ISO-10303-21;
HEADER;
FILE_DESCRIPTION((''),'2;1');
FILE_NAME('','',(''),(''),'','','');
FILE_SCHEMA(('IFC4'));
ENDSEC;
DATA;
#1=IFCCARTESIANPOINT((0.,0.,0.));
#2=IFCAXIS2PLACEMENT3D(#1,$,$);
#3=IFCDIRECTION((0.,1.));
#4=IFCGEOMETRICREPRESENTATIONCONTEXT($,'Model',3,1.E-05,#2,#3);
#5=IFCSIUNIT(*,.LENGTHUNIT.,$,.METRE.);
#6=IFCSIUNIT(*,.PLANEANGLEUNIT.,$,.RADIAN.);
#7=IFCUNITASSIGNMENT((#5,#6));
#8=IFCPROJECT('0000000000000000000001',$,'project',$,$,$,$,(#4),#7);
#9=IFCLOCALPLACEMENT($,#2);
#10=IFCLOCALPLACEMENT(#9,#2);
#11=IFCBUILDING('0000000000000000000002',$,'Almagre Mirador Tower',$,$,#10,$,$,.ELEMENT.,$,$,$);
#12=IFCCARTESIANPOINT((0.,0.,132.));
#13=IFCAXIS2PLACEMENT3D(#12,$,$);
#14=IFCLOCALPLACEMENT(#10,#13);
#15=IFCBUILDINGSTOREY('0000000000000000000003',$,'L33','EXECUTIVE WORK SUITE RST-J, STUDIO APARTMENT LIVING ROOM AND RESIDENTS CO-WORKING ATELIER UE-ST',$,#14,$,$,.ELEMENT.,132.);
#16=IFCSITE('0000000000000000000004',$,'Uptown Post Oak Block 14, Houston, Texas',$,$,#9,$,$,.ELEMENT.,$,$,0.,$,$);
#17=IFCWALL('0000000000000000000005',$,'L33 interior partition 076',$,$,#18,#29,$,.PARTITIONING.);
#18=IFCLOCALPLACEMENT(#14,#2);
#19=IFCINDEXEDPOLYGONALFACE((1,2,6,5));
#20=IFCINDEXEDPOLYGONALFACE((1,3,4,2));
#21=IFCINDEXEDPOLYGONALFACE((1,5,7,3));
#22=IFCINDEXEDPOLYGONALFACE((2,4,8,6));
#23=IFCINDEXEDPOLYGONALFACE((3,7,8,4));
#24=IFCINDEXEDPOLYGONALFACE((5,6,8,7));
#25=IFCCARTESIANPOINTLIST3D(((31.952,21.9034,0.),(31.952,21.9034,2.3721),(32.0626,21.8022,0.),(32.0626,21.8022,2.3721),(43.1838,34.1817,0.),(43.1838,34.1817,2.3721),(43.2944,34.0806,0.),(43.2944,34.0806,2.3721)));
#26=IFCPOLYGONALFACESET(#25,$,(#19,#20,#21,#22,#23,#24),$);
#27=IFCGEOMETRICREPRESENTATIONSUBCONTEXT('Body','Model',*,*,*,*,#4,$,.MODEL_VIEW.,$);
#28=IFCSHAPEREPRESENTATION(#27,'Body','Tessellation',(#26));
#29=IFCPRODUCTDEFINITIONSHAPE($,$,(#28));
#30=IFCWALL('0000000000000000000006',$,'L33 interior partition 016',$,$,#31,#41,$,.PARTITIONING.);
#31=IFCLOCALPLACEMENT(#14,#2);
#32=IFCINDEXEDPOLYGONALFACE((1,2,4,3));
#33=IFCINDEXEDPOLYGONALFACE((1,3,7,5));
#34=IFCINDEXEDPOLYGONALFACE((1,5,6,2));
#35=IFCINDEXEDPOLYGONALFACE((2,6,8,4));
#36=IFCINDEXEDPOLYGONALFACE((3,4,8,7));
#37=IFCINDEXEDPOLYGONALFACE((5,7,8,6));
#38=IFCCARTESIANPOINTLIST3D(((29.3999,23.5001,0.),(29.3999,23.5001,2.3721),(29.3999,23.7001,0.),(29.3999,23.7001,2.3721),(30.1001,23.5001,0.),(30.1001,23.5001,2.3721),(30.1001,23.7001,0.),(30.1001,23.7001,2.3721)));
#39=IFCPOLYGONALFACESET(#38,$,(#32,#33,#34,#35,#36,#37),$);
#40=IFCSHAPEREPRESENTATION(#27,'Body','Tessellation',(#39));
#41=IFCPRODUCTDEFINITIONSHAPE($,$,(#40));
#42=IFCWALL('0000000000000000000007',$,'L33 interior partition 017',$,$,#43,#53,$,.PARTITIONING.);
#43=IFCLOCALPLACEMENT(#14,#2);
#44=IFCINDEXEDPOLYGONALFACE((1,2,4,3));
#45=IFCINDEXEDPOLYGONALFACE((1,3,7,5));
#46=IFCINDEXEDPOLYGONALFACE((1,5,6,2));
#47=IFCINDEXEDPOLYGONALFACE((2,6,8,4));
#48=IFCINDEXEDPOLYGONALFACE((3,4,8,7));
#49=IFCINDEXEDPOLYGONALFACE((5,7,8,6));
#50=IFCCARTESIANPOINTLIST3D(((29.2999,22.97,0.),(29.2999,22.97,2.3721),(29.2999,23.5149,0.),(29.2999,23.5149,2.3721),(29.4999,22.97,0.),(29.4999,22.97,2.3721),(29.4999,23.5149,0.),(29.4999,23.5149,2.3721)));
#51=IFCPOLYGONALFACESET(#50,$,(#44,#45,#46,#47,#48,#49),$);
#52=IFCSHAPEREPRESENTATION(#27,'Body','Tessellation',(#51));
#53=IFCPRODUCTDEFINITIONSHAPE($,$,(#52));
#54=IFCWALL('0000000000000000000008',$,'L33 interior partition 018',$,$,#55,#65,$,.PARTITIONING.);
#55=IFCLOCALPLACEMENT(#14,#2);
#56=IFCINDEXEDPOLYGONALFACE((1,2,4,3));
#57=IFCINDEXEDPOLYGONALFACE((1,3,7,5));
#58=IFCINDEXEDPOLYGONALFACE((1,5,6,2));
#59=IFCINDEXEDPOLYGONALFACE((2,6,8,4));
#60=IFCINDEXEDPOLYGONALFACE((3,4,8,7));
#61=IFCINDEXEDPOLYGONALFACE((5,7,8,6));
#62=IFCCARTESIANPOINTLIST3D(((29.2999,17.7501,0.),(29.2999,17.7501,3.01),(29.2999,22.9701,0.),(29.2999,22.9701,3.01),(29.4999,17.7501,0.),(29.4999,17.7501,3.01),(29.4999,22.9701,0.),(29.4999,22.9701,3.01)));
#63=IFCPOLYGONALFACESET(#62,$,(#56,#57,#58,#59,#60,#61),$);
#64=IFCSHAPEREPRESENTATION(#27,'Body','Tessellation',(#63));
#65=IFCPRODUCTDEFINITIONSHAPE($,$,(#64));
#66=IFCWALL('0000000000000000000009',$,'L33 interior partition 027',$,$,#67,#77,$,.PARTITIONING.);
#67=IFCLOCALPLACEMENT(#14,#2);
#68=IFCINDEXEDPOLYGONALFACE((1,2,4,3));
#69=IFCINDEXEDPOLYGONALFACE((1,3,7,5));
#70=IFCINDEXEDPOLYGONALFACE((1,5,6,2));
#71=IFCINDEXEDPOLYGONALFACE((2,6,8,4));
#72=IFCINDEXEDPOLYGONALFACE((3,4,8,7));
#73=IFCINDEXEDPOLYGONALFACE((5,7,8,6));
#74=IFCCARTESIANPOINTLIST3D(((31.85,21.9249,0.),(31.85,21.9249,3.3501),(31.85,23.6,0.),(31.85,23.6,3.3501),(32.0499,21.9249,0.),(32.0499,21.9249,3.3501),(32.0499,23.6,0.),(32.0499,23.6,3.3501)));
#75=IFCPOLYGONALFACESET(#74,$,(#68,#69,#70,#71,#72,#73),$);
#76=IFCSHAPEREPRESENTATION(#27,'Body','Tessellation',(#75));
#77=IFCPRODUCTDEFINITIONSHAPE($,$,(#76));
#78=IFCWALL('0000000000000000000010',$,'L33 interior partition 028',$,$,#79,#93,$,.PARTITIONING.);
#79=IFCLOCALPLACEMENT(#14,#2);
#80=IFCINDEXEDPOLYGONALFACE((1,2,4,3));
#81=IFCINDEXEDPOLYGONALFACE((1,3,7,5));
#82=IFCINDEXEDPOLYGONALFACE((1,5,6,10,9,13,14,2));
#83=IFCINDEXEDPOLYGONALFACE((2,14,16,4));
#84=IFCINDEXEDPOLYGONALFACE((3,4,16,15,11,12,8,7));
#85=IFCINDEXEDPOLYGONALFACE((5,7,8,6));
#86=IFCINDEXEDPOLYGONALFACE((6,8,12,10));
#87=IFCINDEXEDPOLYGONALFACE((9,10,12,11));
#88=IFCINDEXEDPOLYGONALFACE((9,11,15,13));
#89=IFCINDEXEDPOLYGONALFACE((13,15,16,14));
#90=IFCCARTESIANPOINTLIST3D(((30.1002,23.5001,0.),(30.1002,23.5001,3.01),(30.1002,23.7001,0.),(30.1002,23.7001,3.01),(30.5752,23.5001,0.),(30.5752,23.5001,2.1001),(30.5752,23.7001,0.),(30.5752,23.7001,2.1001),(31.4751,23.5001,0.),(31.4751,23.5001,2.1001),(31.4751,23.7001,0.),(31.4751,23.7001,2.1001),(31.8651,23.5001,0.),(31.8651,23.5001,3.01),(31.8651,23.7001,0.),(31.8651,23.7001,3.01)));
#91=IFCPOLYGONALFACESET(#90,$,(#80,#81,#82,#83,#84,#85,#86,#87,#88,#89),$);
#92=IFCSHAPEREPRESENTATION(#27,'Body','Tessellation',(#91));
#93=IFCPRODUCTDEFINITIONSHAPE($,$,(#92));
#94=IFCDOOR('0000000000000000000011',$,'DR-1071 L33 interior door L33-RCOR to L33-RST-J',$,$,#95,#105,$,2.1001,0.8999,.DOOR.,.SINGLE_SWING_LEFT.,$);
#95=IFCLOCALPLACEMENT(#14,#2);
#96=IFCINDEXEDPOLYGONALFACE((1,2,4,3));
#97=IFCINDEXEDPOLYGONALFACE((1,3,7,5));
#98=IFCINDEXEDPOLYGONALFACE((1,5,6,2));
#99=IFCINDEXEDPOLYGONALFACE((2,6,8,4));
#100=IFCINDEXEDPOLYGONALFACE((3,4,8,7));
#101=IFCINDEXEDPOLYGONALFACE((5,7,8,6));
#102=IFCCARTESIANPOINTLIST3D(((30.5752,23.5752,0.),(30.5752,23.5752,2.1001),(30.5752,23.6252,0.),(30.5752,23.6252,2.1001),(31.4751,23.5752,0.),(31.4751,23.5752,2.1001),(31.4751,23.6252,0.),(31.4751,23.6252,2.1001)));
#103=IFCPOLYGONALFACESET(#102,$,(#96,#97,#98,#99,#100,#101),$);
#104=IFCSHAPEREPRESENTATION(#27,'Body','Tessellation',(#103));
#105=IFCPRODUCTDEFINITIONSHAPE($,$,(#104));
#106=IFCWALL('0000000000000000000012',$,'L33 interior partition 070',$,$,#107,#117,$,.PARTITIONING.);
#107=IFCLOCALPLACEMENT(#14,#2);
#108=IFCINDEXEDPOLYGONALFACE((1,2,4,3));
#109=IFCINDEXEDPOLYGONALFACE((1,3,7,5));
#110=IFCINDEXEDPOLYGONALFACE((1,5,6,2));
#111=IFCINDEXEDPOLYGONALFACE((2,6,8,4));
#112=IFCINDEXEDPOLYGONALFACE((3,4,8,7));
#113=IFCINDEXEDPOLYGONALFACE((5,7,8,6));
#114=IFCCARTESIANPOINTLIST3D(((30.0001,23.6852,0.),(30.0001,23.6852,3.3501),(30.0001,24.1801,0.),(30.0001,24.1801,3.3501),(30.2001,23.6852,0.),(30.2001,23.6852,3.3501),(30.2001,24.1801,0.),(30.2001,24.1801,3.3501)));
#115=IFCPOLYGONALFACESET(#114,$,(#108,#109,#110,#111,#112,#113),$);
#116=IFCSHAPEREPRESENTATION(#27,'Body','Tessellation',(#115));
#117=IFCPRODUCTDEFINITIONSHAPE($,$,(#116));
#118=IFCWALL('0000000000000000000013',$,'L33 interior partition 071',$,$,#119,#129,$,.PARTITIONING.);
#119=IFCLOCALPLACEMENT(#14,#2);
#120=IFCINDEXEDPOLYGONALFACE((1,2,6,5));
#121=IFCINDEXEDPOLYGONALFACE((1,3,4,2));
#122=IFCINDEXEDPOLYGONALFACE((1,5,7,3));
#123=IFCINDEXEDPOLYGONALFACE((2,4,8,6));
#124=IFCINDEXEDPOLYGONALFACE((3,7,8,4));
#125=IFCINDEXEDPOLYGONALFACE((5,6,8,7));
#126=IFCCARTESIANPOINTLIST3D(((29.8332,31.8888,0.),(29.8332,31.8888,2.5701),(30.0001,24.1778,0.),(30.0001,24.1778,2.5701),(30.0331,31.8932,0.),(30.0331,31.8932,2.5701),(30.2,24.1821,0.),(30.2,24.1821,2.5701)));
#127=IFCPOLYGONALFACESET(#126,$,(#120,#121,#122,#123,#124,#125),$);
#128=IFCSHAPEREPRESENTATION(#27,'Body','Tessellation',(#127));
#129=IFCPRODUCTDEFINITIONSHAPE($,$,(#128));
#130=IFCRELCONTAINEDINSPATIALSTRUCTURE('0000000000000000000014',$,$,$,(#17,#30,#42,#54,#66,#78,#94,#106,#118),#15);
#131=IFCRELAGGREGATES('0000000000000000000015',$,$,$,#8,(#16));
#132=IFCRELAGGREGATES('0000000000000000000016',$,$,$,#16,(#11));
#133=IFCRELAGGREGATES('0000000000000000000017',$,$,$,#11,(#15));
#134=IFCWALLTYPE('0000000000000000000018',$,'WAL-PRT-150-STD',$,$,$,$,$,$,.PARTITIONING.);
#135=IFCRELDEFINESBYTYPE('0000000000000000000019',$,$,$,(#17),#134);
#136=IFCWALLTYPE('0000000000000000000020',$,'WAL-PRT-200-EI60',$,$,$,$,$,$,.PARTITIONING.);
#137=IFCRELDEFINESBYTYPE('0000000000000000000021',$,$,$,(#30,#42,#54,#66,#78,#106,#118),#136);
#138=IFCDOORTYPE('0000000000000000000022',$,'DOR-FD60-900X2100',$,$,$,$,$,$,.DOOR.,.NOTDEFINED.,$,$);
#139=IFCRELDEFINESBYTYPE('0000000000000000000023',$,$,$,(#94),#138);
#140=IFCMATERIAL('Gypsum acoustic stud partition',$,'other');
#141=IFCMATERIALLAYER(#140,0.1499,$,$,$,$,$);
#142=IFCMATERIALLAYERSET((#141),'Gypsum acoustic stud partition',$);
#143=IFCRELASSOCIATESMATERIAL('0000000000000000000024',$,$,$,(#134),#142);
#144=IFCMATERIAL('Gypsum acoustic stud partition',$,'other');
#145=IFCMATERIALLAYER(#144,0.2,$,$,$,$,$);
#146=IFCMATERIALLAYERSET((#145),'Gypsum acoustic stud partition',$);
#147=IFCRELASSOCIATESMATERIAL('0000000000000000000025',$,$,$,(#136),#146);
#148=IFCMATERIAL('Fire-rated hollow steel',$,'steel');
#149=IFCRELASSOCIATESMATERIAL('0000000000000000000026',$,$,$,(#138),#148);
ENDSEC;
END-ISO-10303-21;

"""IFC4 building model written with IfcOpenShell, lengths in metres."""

from ifc_helpers import new_model, si_unit, direction, frame, frame_2d, origin, place, context, subcontext, project, spatial, rectangle, extrude, material, layer, layer_set, type_object, element, fill, save


model = new_model("IFC4")

# Units and contexts
model_context = context("Model", 3, precision=1e-05, world=origin(), true_north=direction((0.0, 1.0)))
body_context = subcontext(model_context, "Body", "Model", "MODEL_VIEW")
ifc_project = project(units=[si_unit("LENGTHUNIT", "METRE"), si_unit("PLANEANGLEUNIT", "RADIAN")], contexts=[model_context])

# Site, building, storey
site_placement = place(None, origin())
site = spatial("IfcSite", under=ifc_project, at=site_placement, Name="Uptown Post Oak Block 14, Houston, Texas", CompositionType="ELEMENT", RefElevation=0.0)
building_placement = place(site_placement, origin())
building = spatial("IfcBuilding", under=site, at=building_placement, Name="Almagre Mirador Tower", CompositionType="ELEMENT")
storey_placement = place(building_placement, frame((0.0, 0.0, 132.0)))
storey = spatial("IfcBuildingStorey", under=building, at=storey_placement, Name="L33", Description="EXECUTIVE WORK SUITE RST-J, STUDIO APARTMENT LIVING ROOM AND RESIDENTS CO-WORKING ATELIER UE-ST", CompositionType="ELEMENT", Elevation=132.0)

# Walls
ifc_material_1 = material(Name="Gypsum acoustic stud partition", Category="other")
ifc_layer_1 = layer(ifc_material_1, 0.1499)
ifc_layer_set_1 = layer_set([ifc_layer_1], Name="Gypsum acoustic stud partition")
wall_type_1 = type_object("IfcWallType", Name="WAL-PRT-150-STD", PredefinedType="PARTITIONING", material=ifc_layer_set_1)
wall_1_placement = place(storey_placement, frame((32.0073, 21.8528, 0.0), z_axis=(0.0, 0.0, 1.0), x_axis=(0.674959, 0.737855, 0.0)))
element("IfcWall", 1, at=wall_1_placement, inside=storey, type_object=wall_type_1, Name="L33 interior partition 076", PredefinedType="PARTITIONING", context=body_context, shape_type="SweptSolid", body=[
    extrude(rectangle(XDim=16.6406, YDim=0.1499, at=frame_2d((8.3203, 0.0))), origin(), (0.0, 0.0, 1.0), 2.3721),
])
ifc_material_2 = material(Name="Gypsum acoustic stud partition", Category="other")
ifc_layer_2 = layer(ifc_material_2, 0.2)
ifc_layer_set_2 = layer_set([ifc_layer_2], Name="Gypsum acoustic stud partition")
wall_type_2 = type_object("IfcWallType", Name="WAL-PRT-200-EI60", PredefinedType="PARTITIONING", material=ifc_layer_set_2)
wall_2_placement = place(storey_placement, frame((30.1001, 23.6001, 0.0), z_axis=(0.0, 0.0, 1.0), x_axis=(-1.0, 0.0, 0.0)))
element("IfcWall", 2, at=wall_2_placement, inside=storey, type_object=wall_type_2, Name="L33 interior partition 016", PredefinedType="PARTITIONING", context=body_context, shape_type="SweptSolid", body=[
    extrude(rectangle(XDim=0.7002, YDim=0.2, at=frame_2d((0.3501, 0.0))), origin(), (0.0, 0.0, 1.0), 2.3721),
])
wall_3_placement = place(storey_placement, frame((29.3999, 23.5149, 0.0), z_axis=(0.0, 0.0, 1.0), x_axis=(0.0, -1.0, 0.0)))
element("IfcWall", 3, at=wall_3_placement, inside=storey, type_object=wall_type_2, Name="L33 interior partition 017", PredefinedType="PARTITIONING", context=body_context, shape_type="SweptSolid", body=[
    extrude(rectangle(XDim=0.5449, YDim=0.2, at=frame_2d((0.2725, 0.0))), origin(), (0.0, 0.0, 1.0), 2.3721),
])
wall_4_placement = place(storey_placement, frame((29.3999, 22.97, 0.0), z_axis=(0.0, 0.0, 1.0), x_axis=(0.0, -1.0, 0.0)))
element("IfcWall", 4, at=wall_4_placement, inside=storey, type_object=wall_type_2, Name="L33 interior partition 018", PredefinedType="PARTITIONING", context=body_context, shape_type="SweptSolid", body=[
    extrude(rectangle(XDim=5.22, YDim=0.2, at=frame_2d((2.6099, 0.0))), origin(), (0.0, 0.0, 1.0), 3.01),
])
wall_5_placement = place(storey_placement, frame((31.95, 21.925, 0.0), z_axis=(0.0, 0.0, 1.0), x_axis=(0.0, 1.0, 0.0)))
element("IfcWall", 5, at=wall_5_placement, inside=storey, type_object=wall_type_2, Name="L33 interior partition 027", PredefinedType="PARTITIONING", context=body_context, shape_type="SweptSolid", body=[
    extrude(rectangle(XDim=1.675, YDim=0.2, at=frame_2d((0.8374, 0.0))), origin(), (0.0, 0.0, 1.0), 3.3501),
])

# Wall, opening, door
wall_6_placement = place(storey_placement, frame((31.865, 23.6001, 0.0), z_axis=(0.0, 0.0, 1.0), x_axis=(-1.0, 0.0, 0.0)))
wall_6 = element("IfcWall", 6, at=wall_6_placement, inside=storey, type_object=wall_type_2, Name="L33 interior partition 028", PredefinedType="PARTITIONING", context=body_context, shape_type="SweptSolid", body=[
    extrude(rectangle(XDim=1.7649, YDim=0.2, at=frame_2d((0.8823, 0.0))), origin(), (0.0, 0.0, 1.0), 3.01),
])
opening_1_placement = place(wall_6_placement, frame((0.3899, 0.0, 0.0)))
opening_1 = element("IfcOpeningElement", 7, at=opening_1_placement, cuts=wall_6, PredefinedType="OPENING", context=body_context, shape_type="SweptSolid", body=[
    extrude(rectangle(XDim=0.8999, YDim=2.1001, at=frame_2d((0.45, 1.05))), frame((0.0, 0.1101, 0.0), z_axis=(0.0, -1.0, 0.0), x_axis=(1.0, 0.0, 0.0)), (0.0, 0.0, 1.0), 0.22),
])
ifc_material_3 = material(Name="Fire-rated hollow steel", Category="steel")
door_type_1 = type_object("IfcDoorType", Name="DOR-FD60-900X2100", OperationType="NOTDEFINED", PredefinedType="DOOR", material=ifc_material_3)
door_1_placement = place(opening_1_placement, origin())
door_1 = element("IfcDoor", 8, at=door_1_placement, inside=storey, type_object=door_type_1, Name="DR-1071 L33 interior door L33-RCOR to L33-RST-J", OperationType="SINGLE_SWING_LEFT", OverallHeight=2.1001, OverallWidth=0.8999, PredefinedType="DOOR", context=body_context, shape_type="SweptSolid", body=[
    extrude(rectangle(XDim=0.8999, YDim=2.1001, at=frame_2d((0.45, 1.05))), frame((0.0, 0.0249, 0.0), z_axis=(0.0, -1.0, 0.0), x_axis=(1.0, 0.0, 0.0)), (0.0, 0.0, 1.0), 0.05),
])
fill(opening_1, door_1)

# Walls
wall_7_placement = place(storey_placement, frame((30.1001, 23.6851, 0.0), z_axis=(0.0, 0.0, 1.0), x_axis=(0.0, 1.0, 0.0)))
element("IfcWall", 9, at=wall_7_placement, inside=storey, type_object=wall_type_2, Name="L33 interior partition 070", PredefinedType="PARTITIONING", context=body_context, shape_type="SweptSolid", body=[
    extrude(rectangle(XDim=0.4949, YDim=0.2, at=frame_2d((0.2476, 0.0))), origin(), (0.0, 0.0, 1.0), 3.3501),
])
wall_8_placement = place(storey_placement, frame((30.1001, 24.1799, 0.0), z_axis=(0.0, 0.0, 1.0), x_axis=(-0.021651, 0.999766, 0.0)))
element("IfcWall", 10, at=wall_8_placement, inside=storey, type_object=wall_type_2, Name="L33 interior partition 071", PredefinedType="PARTITIONING", context=body_context, shape_type="SweptSolid", body=[
    extrude(rectangle(XDim=7.7129, YDim=0.2, at=frame_2d((3.8564, 0.0))), origin(), (0.0, 0.0, 1.0), 2.5701),
])

save(model, "model.ifc")
